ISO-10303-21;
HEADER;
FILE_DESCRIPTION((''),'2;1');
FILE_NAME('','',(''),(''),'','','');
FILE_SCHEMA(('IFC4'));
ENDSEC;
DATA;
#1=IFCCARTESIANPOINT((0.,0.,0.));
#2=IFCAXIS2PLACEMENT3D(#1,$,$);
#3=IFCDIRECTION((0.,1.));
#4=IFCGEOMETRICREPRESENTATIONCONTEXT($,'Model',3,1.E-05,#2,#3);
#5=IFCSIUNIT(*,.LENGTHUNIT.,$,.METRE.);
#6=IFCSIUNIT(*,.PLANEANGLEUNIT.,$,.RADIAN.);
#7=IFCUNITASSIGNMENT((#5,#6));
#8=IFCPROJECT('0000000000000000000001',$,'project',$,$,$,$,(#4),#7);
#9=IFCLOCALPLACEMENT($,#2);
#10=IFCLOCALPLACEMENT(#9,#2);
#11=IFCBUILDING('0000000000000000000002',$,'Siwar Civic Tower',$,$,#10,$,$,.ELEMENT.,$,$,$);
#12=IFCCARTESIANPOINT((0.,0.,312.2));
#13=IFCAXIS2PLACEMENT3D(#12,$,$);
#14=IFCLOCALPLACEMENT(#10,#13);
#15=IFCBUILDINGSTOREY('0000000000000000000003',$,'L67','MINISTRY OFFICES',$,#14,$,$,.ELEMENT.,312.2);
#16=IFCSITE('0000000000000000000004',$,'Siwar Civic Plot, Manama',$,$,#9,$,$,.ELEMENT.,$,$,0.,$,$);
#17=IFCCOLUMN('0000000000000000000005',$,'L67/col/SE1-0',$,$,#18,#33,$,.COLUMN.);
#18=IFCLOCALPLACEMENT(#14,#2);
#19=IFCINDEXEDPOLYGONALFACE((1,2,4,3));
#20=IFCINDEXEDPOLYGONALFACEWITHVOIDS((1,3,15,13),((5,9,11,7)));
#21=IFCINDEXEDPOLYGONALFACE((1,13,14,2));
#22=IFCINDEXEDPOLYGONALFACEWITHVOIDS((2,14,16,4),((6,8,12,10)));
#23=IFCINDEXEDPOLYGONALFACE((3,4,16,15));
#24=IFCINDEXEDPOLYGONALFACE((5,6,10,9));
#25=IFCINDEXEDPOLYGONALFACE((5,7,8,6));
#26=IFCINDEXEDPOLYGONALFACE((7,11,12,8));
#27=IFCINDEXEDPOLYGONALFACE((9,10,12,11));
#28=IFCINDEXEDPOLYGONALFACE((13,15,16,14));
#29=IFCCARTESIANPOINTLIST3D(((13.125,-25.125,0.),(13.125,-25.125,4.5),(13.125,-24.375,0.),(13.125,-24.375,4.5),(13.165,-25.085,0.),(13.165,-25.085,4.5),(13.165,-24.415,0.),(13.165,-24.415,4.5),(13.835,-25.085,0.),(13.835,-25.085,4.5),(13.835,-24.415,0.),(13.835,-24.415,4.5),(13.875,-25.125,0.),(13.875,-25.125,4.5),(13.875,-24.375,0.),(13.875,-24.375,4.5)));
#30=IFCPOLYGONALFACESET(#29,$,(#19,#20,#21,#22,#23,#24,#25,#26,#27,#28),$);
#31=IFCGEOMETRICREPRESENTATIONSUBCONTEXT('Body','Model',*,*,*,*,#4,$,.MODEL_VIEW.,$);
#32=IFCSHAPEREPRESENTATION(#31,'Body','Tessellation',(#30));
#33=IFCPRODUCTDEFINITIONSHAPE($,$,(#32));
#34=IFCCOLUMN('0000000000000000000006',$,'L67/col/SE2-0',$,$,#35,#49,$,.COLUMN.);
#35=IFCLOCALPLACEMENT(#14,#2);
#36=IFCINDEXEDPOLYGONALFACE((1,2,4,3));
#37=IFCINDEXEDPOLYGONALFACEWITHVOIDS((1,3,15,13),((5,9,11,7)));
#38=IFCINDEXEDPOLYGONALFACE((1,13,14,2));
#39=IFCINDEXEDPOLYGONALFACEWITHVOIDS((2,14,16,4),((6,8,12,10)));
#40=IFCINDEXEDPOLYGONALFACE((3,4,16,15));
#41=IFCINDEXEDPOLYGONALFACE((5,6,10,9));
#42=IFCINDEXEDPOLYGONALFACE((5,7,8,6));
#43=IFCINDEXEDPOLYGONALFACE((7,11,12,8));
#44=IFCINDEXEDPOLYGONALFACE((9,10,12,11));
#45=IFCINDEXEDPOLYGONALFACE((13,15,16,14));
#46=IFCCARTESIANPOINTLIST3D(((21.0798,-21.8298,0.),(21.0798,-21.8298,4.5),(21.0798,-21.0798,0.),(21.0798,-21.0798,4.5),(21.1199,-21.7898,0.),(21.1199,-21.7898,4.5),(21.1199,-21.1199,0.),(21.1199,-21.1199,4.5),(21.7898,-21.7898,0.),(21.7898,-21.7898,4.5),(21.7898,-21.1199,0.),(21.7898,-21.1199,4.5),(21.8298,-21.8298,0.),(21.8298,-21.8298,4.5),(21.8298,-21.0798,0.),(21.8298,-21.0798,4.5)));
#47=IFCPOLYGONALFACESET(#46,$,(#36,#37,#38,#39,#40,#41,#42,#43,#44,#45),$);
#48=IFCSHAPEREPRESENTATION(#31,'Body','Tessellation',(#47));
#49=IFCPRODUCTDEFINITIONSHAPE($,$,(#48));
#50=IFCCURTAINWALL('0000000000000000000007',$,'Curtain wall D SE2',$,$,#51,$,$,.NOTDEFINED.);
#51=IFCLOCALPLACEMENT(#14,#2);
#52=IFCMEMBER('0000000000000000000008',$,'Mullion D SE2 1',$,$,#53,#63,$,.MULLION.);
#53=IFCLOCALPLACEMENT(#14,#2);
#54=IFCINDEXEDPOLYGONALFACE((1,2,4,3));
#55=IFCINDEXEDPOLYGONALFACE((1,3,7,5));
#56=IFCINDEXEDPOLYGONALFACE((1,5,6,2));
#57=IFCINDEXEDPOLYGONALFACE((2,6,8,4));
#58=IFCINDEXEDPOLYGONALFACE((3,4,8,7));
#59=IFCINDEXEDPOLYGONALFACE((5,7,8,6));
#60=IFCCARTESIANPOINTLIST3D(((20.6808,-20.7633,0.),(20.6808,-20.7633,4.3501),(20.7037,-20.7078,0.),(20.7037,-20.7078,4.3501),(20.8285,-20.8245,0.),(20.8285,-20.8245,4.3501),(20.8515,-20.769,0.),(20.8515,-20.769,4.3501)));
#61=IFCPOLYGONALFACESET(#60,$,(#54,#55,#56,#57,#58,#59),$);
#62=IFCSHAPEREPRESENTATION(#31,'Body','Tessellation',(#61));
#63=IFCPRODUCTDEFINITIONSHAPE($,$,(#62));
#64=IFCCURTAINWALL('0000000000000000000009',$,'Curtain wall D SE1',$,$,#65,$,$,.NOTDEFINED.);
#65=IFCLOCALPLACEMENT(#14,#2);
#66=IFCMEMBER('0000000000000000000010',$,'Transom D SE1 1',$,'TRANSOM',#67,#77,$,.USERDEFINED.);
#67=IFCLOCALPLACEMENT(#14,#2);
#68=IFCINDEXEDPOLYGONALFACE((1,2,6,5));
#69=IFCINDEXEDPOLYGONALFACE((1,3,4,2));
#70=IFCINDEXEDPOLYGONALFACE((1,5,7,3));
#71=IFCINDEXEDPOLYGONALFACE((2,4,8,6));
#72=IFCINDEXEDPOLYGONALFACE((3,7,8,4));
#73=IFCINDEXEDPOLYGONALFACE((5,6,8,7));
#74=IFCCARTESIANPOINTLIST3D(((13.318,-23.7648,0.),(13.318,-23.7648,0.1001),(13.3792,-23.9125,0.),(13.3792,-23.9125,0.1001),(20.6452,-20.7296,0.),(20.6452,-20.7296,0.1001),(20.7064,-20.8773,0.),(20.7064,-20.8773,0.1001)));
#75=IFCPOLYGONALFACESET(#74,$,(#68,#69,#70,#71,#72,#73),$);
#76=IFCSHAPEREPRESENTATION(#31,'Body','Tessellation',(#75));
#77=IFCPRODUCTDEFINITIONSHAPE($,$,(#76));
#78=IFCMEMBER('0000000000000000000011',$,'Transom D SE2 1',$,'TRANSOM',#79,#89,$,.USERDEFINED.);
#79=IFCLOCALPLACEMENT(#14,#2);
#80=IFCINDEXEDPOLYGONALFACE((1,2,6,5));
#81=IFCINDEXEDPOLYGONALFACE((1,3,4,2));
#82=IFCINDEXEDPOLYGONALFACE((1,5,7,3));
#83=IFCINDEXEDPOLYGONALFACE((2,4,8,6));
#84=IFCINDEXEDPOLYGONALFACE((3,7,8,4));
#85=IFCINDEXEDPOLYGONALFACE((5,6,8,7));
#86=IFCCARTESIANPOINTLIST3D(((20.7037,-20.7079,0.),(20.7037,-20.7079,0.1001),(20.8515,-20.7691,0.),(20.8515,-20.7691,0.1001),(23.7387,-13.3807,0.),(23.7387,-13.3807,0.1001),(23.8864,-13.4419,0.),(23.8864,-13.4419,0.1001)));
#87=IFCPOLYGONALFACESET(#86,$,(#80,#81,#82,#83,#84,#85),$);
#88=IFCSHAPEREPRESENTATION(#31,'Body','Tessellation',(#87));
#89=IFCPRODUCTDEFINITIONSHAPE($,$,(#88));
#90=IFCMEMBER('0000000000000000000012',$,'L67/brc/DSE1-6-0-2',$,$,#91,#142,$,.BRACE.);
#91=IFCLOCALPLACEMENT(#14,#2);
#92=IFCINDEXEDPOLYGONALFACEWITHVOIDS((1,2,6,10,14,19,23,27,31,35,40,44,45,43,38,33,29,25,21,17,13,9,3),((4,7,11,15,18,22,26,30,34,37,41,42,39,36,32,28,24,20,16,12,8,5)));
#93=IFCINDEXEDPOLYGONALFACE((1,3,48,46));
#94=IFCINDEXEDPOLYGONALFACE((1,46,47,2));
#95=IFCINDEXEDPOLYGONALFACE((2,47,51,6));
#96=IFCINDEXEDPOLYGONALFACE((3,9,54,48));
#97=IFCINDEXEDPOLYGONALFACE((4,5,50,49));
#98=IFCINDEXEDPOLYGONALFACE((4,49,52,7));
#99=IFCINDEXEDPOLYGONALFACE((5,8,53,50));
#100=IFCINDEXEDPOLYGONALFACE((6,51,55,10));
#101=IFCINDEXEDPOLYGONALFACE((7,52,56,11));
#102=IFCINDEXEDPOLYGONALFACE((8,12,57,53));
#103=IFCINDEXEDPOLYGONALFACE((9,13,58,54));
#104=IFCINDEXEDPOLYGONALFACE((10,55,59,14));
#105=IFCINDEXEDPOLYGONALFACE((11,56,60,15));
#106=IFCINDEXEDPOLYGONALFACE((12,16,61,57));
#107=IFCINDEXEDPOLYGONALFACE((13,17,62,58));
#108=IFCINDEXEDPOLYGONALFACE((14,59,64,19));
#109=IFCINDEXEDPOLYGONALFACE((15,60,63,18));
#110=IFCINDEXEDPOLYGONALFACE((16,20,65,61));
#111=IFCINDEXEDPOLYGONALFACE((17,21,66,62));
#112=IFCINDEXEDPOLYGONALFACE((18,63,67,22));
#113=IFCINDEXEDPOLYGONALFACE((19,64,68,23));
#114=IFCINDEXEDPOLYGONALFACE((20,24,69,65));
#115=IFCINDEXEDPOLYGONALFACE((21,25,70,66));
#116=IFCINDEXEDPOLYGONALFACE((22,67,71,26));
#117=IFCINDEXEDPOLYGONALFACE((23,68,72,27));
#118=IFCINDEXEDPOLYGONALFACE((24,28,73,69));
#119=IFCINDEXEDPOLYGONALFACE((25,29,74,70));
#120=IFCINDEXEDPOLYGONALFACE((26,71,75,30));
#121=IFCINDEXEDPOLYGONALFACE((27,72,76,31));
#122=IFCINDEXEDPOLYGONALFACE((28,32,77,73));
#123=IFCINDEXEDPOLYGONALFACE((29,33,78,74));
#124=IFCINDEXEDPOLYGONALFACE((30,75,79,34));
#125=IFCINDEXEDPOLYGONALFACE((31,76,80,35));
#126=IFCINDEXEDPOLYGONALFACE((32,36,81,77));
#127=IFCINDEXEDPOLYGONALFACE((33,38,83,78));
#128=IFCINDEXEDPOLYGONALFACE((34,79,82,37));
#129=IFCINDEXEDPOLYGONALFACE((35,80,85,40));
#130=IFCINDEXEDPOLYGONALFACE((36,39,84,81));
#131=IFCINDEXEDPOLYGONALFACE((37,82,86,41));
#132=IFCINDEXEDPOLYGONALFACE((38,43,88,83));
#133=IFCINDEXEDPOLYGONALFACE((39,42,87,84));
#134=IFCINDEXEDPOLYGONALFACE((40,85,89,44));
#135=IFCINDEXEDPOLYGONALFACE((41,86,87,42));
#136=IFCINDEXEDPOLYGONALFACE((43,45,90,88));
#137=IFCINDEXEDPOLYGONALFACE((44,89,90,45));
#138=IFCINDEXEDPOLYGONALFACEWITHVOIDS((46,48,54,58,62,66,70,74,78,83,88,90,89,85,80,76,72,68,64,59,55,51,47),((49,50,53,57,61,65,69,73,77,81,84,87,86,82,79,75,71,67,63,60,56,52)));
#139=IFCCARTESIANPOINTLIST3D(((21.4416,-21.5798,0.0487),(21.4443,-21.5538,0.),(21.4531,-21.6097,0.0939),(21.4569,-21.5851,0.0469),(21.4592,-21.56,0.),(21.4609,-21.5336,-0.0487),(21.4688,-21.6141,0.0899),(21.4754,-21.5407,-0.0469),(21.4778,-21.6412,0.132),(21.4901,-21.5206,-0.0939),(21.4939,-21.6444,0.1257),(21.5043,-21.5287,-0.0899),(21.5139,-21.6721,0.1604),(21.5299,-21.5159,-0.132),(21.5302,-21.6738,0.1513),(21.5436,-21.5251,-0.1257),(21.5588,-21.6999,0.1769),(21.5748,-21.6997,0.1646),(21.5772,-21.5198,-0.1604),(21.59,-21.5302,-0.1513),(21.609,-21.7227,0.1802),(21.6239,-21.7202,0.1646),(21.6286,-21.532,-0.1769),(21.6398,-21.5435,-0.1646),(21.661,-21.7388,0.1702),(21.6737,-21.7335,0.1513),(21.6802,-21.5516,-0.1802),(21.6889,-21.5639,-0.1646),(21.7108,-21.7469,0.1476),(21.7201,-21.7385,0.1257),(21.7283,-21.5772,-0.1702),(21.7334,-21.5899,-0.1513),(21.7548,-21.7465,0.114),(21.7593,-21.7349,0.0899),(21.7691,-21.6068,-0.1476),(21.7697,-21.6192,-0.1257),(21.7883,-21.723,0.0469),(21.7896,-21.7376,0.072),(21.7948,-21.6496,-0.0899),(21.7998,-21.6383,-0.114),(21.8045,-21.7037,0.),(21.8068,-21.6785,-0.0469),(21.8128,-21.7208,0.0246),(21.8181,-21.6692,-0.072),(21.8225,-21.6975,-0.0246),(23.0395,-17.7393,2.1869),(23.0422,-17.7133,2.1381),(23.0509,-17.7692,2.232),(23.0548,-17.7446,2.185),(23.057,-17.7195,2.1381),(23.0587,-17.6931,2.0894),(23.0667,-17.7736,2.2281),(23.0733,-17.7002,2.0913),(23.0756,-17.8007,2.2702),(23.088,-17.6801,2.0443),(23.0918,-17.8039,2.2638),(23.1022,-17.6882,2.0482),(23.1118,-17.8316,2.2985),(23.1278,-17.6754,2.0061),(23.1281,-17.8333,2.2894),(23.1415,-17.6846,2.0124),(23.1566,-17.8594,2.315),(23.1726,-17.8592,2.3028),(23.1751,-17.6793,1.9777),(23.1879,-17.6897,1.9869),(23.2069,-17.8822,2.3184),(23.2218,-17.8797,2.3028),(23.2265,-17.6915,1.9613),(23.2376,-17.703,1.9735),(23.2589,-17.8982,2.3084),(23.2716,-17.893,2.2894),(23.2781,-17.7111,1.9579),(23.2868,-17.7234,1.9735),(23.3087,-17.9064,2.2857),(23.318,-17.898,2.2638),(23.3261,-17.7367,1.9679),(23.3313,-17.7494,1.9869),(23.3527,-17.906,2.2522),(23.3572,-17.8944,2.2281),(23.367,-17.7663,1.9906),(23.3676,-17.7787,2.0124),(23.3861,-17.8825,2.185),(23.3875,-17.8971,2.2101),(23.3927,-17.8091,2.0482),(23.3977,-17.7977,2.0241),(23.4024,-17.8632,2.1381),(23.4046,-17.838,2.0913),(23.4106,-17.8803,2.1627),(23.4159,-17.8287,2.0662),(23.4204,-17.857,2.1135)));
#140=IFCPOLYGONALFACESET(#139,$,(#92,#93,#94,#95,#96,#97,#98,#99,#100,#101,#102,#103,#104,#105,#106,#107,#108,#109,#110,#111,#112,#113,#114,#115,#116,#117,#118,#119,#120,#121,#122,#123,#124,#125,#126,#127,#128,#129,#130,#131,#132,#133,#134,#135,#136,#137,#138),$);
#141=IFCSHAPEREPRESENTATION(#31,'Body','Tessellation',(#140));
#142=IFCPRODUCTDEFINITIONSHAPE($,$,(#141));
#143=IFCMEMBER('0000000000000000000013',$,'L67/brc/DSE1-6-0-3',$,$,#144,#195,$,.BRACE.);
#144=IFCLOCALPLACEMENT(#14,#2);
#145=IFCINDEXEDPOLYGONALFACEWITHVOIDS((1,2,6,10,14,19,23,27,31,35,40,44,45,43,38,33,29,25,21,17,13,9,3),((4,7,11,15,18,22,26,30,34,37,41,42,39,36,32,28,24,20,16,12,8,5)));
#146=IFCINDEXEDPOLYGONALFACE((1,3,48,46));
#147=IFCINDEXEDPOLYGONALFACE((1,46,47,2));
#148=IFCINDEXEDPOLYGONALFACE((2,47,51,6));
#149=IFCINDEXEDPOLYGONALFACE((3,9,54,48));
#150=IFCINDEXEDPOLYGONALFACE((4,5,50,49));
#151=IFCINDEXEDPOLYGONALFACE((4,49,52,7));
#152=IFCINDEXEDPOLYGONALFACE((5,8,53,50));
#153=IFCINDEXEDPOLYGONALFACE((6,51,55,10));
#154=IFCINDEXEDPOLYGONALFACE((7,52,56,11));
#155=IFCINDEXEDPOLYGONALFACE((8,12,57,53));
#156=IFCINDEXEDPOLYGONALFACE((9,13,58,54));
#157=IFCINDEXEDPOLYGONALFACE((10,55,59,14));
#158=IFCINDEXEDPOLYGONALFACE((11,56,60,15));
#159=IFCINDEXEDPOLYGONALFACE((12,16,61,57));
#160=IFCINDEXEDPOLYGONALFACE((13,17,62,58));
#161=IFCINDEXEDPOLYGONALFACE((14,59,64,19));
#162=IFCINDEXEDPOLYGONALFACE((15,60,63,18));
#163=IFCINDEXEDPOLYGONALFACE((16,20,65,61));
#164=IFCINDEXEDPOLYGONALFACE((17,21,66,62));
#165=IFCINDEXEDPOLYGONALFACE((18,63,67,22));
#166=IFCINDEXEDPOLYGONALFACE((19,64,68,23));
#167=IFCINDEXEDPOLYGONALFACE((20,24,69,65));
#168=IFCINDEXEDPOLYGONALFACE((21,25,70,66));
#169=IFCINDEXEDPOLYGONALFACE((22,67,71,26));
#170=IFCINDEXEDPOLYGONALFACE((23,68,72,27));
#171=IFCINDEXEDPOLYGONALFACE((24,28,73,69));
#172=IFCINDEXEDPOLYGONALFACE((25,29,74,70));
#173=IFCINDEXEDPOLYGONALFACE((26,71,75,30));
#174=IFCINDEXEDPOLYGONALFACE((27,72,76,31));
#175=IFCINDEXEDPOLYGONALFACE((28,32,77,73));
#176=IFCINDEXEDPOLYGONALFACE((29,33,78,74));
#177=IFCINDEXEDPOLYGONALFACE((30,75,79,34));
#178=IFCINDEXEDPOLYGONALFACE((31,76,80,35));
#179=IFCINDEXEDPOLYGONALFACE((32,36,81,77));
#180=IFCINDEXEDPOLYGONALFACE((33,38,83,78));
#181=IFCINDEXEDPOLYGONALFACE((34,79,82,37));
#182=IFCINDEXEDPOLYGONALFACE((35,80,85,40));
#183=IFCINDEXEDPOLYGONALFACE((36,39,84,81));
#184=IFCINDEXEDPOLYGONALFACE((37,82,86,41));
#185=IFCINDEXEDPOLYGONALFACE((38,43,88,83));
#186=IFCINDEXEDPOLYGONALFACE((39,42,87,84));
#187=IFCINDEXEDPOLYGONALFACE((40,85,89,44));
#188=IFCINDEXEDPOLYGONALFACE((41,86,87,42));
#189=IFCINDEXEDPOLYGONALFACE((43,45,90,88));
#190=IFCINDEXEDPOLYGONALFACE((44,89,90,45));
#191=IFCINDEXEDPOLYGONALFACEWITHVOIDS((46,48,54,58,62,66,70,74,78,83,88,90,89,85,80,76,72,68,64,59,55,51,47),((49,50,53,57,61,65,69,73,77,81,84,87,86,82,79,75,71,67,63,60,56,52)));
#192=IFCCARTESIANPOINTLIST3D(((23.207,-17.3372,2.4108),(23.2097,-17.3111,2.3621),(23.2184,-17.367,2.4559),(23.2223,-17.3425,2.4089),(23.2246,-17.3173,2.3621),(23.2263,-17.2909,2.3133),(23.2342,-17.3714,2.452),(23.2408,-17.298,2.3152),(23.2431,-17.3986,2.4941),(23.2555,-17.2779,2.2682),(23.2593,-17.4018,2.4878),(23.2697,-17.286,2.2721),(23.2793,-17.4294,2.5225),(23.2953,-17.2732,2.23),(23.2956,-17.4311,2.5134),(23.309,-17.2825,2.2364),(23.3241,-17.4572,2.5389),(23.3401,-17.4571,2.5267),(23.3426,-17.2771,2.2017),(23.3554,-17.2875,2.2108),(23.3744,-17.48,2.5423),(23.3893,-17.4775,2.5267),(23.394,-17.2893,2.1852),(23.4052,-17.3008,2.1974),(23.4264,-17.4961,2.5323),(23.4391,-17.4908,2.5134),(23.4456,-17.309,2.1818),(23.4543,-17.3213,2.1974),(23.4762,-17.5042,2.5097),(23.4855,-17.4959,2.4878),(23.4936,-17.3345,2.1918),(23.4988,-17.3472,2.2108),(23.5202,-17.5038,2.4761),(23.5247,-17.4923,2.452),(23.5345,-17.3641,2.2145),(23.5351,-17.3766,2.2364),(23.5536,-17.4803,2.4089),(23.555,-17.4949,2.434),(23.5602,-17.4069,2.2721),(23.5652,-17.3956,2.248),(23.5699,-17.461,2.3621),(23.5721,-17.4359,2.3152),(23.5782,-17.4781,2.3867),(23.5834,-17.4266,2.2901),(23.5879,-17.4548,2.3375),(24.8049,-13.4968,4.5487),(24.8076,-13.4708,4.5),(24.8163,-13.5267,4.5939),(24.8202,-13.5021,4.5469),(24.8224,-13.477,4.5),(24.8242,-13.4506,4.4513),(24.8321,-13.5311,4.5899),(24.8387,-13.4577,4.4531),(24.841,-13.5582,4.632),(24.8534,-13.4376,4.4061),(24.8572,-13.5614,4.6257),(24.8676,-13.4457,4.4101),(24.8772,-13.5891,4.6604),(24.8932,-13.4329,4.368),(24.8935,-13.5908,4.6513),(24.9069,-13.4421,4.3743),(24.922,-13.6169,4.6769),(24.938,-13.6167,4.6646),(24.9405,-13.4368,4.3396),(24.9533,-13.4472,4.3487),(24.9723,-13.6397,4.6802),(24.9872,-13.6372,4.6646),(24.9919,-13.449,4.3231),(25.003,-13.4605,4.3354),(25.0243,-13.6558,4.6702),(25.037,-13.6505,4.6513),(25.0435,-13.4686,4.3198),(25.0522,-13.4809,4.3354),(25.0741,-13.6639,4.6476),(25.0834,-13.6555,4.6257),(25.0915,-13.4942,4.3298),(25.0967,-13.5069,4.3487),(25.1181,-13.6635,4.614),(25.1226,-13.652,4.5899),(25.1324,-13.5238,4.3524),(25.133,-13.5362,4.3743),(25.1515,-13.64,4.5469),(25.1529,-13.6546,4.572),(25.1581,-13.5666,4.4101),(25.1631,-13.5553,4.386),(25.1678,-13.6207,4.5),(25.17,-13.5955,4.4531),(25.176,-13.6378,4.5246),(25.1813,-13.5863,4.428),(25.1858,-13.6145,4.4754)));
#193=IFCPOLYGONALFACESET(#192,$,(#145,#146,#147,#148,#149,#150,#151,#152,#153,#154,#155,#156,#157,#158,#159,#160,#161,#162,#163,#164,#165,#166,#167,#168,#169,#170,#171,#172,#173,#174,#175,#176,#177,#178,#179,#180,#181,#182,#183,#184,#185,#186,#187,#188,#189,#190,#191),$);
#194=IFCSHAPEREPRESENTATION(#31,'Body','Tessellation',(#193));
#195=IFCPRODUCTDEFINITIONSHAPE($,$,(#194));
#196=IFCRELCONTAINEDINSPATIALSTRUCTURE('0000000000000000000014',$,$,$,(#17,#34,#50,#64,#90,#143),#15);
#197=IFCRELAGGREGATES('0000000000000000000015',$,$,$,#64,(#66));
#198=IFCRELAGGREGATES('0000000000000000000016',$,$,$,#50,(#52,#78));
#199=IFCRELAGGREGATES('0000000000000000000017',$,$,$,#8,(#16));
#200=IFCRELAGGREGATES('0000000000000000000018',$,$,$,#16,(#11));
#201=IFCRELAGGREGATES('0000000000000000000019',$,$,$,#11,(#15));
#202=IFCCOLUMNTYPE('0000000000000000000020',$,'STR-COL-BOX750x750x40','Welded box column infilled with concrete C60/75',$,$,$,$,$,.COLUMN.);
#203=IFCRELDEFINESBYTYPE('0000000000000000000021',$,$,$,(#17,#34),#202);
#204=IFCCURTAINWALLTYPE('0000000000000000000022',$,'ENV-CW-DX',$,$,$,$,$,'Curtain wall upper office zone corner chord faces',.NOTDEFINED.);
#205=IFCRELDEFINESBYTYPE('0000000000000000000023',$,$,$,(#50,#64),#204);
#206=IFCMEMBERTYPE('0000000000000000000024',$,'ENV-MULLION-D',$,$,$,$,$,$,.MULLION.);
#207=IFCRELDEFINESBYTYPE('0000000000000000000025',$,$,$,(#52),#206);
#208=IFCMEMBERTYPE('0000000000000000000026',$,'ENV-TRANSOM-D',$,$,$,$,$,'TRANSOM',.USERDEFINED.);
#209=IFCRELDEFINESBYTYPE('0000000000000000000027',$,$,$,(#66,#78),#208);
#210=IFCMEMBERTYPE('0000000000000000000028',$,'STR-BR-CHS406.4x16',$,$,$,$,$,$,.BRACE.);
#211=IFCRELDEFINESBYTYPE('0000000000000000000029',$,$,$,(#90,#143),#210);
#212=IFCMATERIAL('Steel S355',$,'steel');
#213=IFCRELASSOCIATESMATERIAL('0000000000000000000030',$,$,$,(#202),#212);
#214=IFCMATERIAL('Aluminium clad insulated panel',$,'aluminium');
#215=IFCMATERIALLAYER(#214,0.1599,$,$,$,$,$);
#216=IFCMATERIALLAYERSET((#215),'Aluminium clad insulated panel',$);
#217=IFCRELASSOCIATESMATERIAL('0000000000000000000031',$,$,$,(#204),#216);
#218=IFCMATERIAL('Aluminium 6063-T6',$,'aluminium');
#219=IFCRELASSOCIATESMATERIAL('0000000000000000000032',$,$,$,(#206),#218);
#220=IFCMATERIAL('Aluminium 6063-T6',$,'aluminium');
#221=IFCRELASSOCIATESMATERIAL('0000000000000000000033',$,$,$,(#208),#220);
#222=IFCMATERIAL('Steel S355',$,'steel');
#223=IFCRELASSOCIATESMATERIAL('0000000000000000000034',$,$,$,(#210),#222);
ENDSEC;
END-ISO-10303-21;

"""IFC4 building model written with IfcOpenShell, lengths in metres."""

from ifc_helpers import new_model, si_unit, direction, frame, origin, origin_2d, place, context, subcontext, project, spatial, rectangle, hollow_rectangle, hollow_circle, extrude, material, layer, layer_set, material_profile, profile_set, type_object, element, aggregate, save


model = new_model("IFC4")

# Units and contexts
model_context = context("Model", 3, precision=1e-05, world=origin(), true_north=direction((0.0, 1.0)))
body_context = subcontext(model_context, "Body", "Model", "MODEL_VIEW")
ifc_project = project(units=[si_unit("LENGTHUNIT", "METRE"), si_unit("PLANEANGLEUNIT", "RADIAN")], contexts=[model_context])

# Site, building, storey
site_placement = place(None, origin())
site = spatial("IfcSite", under=ifc_project, at=site_placement, Name="Siwar Civic Plot, Manama", CompositionType="ELEMENT", RefElevation=0.0)
building_placement = place(site_placement, origin())
building = spatial("IfcBuilding", under=site, at=building_placement, Name="Siwar Civic Tower", CompositionType="ELEMENT")
storey_placement = place(building_placement, frame((0.0, 0.0, 312.2)))
storey = spatial("IfcBuildingStorey", under=building, at=storey_placement, Name="L67", Description="MINISTRY OFFICES", CompositionType="ELEMENT", Elevation=312.2)

# Columns
ifc_material_1 = material(Name="Steel S355", Category="steel")
ifc_material_profile_1 = material_profile(ifc_material_1, hollow_rectangle(XDim=0.75, YDim=0.75, WallThickness=0.04, at=origin_2d()), Name="BOX750x750x40")
ifc_profile_set_1 = profile_set([ifc_material_profile_1], Name="Steel S355")
column_type = type_object("IfcColumnType", Name="STR-COL-BOX750x750x40", Description="Welded box column infilled with concrete C60/75", PredefinedType="COLUMN", material=ifc_profile_set_1)
for number, where, z_axis, x_axis, name in (
    (1, (13.5, -24.75, 0.0), (0.0, 0.0, 1.0), (1.0, 0.0, 0.0), "L67/col/SE1-0"),
    (2, (21.4548, -21.4548, 0.0), (0.0, 0.0, 1.0), (1.0, 0.0, 0.0), "L67/col/SE2-0"),
):
    element("IfcColumn", number, at=place(storey_placement, frame(where, z_axis=z_axis, x_axis=x_axis)), inside=storey, type_object=column_type, Name=name, PredefinedType="COLUMN", context=body_context, shape_type="SweptSolid", body=[
        extrude(hollow_rectangle(XDim=0.75, YDim=0.75, WallThickness=0.04, at=origin_2d()), origin(), (0.0, 0.0, 1.0), 4.5),
    ])

# Curtain walls, members
ifc_material_2 = material(Name="Aluminium clad insulated panel", Category="aluminium")
ifc_layer_1 = layer(ifc_material_2, 0.1599)
ifc_layer_set_1 = layer_set([ifc_layer_1], Name="Aluminium clad insulated panel")
curtain_wall_type = type_object("IfcCurtainWallType", Name="ENV-CW-DX", ElementType="Curtain wall upper office zone corner chord faces", PredefinedType="NOTDEFINED", material=ifc_layer_set_1)
curtain_wall_1_placement = place(storey_placement, origin())
curtain_wall_1 = element("IfcCurtainWall", 3, at=curtain_wall_1_placement, inside=storey, type_object=curtain_wall_type, Name="Curtain wall D SE2", PredefinedType="NOTDEFINED")
ifc_material_3 = material(Name="Aluminium 6063-T6", Category="aluminium")
ifc_material_profile_2 = material_profile(ifc_material_3, rectangle(XDim=0.1599, YDim=0.0601, at=origin_2d()), Name="AL 160x60")
ifc_profile_set_2 = profile_set([ifc_material_profile_2], Name="Aluminium 6063-T6")
member_type_1 = type_object("IfcMemberType", Name="ENV-MULLION-D", PredefinedType="MULLION", material=ifc_profile_set_2)
member_1_placement = place(storey_placement, frame((20.7661, -20.7661, 0.0), z_axis=(0.0, 0.0, 1.0), x_axis=(-0.92388, 0.382683, 0.0)))
member_1 = element("IfcMember", 4, at=member_1_placement, type_object=member_type_1, Name="Mullion D SE2 1", PredefinedType="MULLION", context=body_context, shape_type="SweptSolid", body=[
    extrude(rectangle(XDim=0.1599, YDim=0.0601, at=origin_2d()), origin(), (0.0, 0.0, 1.0), 4.3501),
])
curtain_wall_2_placement = place(storey_placement, origin())
curtain_wall_2 = element("IfcCurtainWall", 5, at=curtain_wall_2_placement, inside=storey, type_object=curtain_wall_type, Name="Curtain wall D SE1", PredefinedType="NOTDEFINED")
ifc_material_4 = material(Name="Aluminium 6063-T6", Category="aluminium")
ifc_material_profile_3 = material_profile(ifc_material_4, rectangle(XDim=0.1599, YDim=0.1001, at=origin_2d()), Name="AL 160x100")
ifc_profile_set_3 = profile_set([ifc_material_profile_3], Name="Aluminium 6063-T6")
member_type_2 = type_object("IfcMemberType", Name="ENV-TRANSOM-D", ElementType="TRANSOM", PredefinedType="USERDEFINED", material=ifc_profile_set_3)
member_2_placement = place(storey_placement, frame((13.3486, -23.8386, 0.05), z_axis=(0.923873, 0.3827, 0.0), x_axis=(-0.3827, 0.923873, 0.0)))
member_2 = element("IfcMember", 6, at=member_2_placement, type_object=member_type_2, Name="Transom D SE1 1", ObjectType="TRANSOM", PredefinedType="USERDEFINED", context=body_context, shape_type="SweptSolid", body=[
    extrude(rectangle(XDim=0.1599, YDim=0.1001, at=origin_2d()), origin(), (0.0, 0.0, 1.0), 7.9309),
])

# Member
member_3_placement = place(storey_placement, frame((20.7776, -20.7385, 0.05), z_axis=(0.382674, 0.923884, 0.0), x_axis=(-0.923884, 0.382674, 0.0)))
member_3 = element("IfcMember", 7, at=member_3_placement, type_object=member_type_2, Name="Transom D SE2 1", ObjectType="TRANSOM", PredefinedType="USERDEFINED", context=body_context, shape_type="SweptSolid", body=[
    extrude(rectangle(XDim=0.1599, YDim=0.1001, at=origin_2d()), origin(), (0.0, 0.0, 1.0), 7.9309),
])

# Members
ifc_material_5 = material(Name="Steel S355", Category="steel")
ifc_material_profile_4 = material_profile(ifc_material_5, hollow_circle(Radius=0.2031, WallThickness=0.0161, at=origin_2d()), Name="CHS406.4x16")
ifc_profile_set_4 = profile_set([ifc_material_profile_4], Name="Steel S355")
member_type_3 = type_object("IfcMemberType", Name="STR-BR-CHS406.4x16", PredefinedType="BRACE", material=ifc_profile_set_4)
member_4_placement = place(storey_placement, frame((21.6318, -21.6318, 0.0), z_axis=(0.341644, 0.821147, 0.457161), x_axis=(-0.923276, 0.384136, 0.0)))
element("IfcMember", 8, at=member_4_placement, inside=storey, type_object=member_type_3, Name="L67/brc/DSE1-6-0-2", PredefinedType="BRACE", context=body_context, shape_type="SweptSolid", body=[
    extrude(hollow_circle(Radius=0.2031, WallThickness=0.0161, at=origin_2d()), origin(), (0.0, 0.0, 1.0), 4.677),
])
member_5_placement = place(storey_placement, frame((23.3972, -17.3892, 2.3621), z_axis=(0.341667, 0.82115, 0.45714), x_axis=(-0.923268, 0.384157, 0.0)))
element("IfcMember", 9, at=member_5_placement, inside=storey, type_object=member_type_3, Name="L67/brc/DSE1-6-0-3", PredefinedType="BRACE", context=body_context, shape_type="SweptSolid", body=[
    extrude(hollow_circle(Radius=0.2031, WallThickness=0.0161, at=origin_2d()), origin(), (0.0, 0.0, 1.0), 4.6768),
])

aggregate(curtain_wall_2, [member_2])
aggregate(curtain_wall_1, [member_1, member_3])

save(model, "model.ifc")
